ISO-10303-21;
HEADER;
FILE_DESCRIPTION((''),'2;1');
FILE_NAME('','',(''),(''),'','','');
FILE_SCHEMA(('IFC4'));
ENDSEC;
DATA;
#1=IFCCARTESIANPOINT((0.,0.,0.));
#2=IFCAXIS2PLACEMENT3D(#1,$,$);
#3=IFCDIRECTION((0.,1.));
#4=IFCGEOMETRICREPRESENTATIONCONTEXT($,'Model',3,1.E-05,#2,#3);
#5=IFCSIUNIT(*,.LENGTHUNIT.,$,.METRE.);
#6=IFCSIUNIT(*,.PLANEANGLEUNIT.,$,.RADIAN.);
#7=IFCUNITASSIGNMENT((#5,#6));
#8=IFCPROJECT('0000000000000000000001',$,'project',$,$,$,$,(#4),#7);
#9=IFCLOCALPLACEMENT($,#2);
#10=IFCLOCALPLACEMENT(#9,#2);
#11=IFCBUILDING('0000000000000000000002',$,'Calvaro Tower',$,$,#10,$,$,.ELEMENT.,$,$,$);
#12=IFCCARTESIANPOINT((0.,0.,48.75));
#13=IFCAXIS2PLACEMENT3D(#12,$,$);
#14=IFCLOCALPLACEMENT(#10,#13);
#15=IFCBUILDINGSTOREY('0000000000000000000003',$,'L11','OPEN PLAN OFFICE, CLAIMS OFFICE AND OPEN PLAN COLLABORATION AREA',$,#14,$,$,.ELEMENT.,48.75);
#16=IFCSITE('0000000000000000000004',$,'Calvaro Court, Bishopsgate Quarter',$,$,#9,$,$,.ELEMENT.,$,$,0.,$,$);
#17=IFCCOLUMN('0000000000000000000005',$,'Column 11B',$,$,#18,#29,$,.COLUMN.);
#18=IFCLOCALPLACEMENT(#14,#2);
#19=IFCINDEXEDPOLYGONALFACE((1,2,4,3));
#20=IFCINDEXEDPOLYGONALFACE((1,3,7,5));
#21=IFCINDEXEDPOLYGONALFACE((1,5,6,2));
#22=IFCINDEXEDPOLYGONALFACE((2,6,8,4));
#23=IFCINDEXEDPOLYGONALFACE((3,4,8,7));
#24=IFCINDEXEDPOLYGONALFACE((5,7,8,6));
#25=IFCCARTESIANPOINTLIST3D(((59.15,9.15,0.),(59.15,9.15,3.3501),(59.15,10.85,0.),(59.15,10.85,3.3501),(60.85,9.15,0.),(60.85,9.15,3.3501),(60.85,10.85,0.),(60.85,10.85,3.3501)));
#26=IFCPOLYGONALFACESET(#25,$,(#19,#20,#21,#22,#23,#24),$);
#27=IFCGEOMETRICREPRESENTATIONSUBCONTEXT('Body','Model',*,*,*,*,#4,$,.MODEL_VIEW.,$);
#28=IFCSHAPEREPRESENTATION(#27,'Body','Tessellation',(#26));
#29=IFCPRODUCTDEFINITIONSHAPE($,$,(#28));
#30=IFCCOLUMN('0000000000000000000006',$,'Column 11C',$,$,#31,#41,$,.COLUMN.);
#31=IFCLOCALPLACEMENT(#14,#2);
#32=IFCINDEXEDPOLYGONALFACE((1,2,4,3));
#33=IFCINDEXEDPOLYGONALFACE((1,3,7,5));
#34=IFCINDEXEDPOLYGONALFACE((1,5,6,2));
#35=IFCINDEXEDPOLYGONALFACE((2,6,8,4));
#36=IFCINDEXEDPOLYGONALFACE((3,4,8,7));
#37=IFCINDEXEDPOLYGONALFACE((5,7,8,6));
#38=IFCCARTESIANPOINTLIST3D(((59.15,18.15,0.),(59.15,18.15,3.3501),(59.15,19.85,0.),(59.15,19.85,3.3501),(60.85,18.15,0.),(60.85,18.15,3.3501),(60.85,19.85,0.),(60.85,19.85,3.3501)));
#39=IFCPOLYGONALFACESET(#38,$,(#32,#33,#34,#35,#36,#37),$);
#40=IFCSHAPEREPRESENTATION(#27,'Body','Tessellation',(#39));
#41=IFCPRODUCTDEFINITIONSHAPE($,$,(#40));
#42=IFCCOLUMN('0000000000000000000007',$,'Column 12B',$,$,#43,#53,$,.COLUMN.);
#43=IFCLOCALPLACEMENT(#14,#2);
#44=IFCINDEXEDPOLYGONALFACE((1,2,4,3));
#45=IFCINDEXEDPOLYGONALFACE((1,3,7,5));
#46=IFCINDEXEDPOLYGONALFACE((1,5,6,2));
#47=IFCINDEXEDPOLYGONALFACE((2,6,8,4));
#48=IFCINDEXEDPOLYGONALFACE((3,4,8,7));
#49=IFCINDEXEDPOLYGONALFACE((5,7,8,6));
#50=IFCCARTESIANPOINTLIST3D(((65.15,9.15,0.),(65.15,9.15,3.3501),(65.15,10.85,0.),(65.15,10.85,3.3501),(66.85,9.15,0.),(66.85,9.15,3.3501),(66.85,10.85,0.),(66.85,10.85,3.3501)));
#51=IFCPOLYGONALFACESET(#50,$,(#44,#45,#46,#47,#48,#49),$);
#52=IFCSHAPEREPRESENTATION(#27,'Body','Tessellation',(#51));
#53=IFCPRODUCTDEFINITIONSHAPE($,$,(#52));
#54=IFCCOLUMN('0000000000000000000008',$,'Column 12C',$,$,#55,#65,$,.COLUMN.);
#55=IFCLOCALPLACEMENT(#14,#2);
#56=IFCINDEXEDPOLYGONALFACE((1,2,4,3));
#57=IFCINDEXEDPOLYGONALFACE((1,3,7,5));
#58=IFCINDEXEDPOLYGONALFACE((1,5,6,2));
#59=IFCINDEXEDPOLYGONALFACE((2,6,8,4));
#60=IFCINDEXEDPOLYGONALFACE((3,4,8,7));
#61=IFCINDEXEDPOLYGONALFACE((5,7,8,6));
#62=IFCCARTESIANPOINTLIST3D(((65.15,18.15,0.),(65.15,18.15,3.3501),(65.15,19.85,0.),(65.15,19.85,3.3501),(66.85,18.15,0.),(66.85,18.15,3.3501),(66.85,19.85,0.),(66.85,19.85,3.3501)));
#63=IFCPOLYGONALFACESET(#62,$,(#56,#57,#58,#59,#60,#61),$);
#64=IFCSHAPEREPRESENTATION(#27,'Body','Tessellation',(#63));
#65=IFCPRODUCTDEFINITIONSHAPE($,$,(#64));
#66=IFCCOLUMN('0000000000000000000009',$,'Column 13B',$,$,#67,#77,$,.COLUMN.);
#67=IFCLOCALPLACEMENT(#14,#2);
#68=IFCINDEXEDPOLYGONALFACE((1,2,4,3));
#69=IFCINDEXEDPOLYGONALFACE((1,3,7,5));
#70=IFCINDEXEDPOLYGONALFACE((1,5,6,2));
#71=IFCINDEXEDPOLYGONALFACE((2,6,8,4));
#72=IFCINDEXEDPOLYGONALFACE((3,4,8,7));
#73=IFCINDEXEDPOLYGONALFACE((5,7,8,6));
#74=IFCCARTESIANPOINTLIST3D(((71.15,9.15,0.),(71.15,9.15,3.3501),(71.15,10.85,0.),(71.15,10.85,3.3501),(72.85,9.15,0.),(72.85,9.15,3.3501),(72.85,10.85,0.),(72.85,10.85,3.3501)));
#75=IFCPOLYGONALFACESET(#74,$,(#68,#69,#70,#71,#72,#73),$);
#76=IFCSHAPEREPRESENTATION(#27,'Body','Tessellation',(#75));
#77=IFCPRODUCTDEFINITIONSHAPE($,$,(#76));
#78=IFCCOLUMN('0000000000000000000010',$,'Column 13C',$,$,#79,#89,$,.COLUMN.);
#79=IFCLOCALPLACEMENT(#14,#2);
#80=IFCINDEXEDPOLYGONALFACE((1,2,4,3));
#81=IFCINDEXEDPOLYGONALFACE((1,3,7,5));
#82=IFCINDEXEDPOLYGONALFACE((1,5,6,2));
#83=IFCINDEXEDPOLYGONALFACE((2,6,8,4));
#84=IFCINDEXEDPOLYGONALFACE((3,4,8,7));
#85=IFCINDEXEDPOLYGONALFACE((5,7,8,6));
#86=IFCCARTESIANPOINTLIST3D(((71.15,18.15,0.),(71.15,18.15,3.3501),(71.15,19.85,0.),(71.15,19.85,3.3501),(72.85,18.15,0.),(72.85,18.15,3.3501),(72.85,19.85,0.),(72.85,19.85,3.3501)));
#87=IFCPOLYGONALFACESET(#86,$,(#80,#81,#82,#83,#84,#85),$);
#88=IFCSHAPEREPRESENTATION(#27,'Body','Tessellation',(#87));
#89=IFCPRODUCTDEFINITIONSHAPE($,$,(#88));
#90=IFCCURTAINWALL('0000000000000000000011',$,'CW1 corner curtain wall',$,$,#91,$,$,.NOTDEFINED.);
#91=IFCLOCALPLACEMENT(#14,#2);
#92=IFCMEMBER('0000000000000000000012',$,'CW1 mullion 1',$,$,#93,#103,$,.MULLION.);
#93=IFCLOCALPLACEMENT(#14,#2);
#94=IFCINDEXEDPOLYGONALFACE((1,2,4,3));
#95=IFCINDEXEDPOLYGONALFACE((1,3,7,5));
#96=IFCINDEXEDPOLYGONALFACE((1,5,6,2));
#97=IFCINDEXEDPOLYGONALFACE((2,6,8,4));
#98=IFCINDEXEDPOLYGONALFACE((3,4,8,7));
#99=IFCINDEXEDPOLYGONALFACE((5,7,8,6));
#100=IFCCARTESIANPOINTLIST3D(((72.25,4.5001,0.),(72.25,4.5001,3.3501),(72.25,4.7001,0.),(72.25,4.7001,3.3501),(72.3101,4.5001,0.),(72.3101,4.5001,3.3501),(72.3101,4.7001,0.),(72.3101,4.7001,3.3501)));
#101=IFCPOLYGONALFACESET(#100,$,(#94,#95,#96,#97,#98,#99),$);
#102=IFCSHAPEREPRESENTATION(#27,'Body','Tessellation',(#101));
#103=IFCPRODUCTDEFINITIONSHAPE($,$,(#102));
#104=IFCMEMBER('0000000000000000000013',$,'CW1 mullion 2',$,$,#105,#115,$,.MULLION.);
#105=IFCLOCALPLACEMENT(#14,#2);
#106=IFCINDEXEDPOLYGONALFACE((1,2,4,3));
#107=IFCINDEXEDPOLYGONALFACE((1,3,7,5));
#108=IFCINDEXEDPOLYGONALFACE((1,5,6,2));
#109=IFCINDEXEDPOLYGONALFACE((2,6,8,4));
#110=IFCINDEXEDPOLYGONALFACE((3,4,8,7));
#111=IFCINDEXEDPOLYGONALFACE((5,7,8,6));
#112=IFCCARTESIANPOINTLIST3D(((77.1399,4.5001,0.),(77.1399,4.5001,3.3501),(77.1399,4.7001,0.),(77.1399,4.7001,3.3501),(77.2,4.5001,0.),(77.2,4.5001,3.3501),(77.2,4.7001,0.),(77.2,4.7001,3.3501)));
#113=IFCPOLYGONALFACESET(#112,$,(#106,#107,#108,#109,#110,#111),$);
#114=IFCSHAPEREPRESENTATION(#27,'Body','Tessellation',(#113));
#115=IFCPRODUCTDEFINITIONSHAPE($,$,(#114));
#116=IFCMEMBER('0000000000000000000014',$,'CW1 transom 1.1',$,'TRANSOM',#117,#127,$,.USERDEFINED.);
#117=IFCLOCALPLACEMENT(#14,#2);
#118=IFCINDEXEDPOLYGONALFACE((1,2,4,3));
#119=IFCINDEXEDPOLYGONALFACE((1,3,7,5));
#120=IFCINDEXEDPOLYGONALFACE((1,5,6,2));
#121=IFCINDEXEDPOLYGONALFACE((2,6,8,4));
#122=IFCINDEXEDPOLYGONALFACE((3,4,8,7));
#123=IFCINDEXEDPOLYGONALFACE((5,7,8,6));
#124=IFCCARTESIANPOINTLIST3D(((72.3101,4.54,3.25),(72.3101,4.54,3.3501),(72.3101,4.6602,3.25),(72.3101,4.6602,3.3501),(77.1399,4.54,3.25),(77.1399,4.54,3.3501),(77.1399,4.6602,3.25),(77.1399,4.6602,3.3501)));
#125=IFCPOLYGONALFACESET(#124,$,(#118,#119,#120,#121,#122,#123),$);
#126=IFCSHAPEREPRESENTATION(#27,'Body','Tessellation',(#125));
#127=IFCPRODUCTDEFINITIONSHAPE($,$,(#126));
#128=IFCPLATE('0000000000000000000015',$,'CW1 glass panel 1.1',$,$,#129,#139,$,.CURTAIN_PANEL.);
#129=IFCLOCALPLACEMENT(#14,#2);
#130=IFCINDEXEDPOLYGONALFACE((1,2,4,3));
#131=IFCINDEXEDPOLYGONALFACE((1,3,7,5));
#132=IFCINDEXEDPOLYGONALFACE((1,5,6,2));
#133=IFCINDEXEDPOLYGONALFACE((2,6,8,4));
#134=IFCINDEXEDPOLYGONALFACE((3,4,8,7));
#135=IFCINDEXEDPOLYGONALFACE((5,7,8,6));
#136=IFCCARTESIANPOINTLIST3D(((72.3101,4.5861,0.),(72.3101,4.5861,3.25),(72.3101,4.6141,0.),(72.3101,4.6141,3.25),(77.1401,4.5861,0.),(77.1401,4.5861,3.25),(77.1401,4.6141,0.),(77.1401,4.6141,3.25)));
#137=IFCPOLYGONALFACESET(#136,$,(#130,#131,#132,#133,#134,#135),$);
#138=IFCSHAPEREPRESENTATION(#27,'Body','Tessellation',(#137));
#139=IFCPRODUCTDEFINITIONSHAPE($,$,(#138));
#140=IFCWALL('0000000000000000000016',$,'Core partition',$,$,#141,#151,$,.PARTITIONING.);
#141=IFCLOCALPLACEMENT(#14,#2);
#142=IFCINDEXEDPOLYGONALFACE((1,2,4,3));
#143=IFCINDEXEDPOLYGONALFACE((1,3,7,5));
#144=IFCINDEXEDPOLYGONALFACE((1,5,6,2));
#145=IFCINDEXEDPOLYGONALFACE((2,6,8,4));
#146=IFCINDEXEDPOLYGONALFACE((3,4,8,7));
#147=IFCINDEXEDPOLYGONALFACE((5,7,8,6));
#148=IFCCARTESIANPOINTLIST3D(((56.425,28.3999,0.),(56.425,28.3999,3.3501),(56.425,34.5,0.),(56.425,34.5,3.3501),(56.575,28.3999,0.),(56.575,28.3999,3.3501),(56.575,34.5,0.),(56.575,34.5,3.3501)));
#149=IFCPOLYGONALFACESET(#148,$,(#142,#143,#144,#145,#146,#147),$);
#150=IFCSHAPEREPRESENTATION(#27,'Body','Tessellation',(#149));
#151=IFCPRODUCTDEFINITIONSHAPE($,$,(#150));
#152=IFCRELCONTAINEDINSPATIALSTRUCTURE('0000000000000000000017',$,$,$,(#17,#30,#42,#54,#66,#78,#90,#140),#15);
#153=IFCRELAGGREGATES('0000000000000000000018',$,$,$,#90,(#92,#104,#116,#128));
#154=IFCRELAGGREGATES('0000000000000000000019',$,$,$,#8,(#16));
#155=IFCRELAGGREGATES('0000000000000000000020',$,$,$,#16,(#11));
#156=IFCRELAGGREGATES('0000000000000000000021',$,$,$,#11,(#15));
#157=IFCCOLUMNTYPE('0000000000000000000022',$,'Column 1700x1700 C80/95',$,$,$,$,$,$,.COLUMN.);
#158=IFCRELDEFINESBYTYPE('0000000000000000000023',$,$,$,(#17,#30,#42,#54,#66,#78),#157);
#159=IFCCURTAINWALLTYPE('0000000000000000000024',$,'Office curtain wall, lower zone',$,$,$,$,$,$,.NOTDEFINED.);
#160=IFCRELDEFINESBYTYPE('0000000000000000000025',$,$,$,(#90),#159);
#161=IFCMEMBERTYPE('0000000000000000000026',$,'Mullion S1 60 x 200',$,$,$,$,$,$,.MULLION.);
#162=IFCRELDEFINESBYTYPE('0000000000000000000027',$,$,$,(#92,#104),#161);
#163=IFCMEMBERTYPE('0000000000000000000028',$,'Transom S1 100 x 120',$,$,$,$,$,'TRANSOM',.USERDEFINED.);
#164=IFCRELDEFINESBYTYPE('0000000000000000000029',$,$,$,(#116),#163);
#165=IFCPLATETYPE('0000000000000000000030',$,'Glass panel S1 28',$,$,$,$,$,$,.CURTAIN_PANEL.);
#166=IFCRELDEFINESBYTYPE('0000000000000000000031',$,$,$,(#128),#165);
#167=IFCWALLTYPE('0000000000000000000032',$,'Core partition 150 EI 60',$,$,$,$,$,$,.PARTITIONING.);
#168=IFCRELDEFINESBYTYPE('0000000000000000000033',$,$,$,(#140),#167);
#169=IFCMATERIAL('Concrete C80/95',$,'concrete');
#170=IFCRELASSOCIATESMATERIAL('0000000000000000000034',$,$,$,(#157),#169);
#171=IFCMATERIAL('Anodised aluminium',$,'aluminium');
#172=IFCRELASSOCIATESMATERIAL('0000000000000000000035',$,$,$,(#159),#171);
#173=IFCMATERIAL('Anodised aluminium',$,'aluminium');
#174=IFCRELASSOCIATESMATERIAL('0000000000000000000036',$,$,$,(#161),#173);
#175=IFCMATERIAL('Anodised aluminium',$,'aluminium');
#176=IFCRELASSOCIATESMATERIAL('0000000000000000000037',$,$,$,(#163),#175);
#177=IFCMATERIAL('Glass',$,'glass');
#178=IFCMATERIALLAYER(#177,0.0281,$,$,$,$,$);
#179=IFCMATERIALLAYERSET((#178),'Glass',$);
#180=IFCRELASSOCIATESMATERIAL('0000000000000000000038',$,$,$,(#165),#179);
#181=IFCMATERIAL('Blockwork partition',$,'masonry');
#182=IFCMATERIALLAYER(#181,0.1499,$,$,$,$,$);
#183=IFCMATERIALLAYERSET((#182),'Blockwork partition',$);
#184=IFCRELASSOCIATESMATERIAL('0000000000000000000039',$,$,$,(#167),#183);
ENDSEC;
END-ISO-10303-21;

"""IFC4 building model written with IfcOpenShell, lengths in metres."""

from ifc_helpers import new_model, si_unit, direction, frame, frame_2d, origin, origin_2d, place, context, subcontext, project, spatial, rectangle, extrude, material, layer, layer_set, material_profile, profile_set, type_object, element, aggregate, save


model = new_model("IFC4")

# Units and contexts
model_context = context("Model", 3, precision=1e-05, world=origin(), true_north=direction((0.0, 1.0)))
body_context = subcontext(model_context, "Body", "Model", "MODEL_VIEW")
ifc_project = project(units=[si_unit("LENGTHUNIT", "METRE"), si_unit("PLANEANGLEUNIT", "RADIAN")], contexts=[model_context])

# Site, building, storey
site_placement = place(None, origin())
site = spatial("IfcSite", under=ifc_project, at=site_placement, Name="Calvaro Court, Bishopsgate Quarter", CompositionType="ELEMENT", RefElevation=0.0)
building_placement = place(site_placement, origin())
building = spatial("IfcBuilding", under=site, at=building_placement, Name="Calvaro Tower", CompositionType="ELEMENT")
storey_placement = place(building_placement, frame((0.0, 0.0, 48.75)))
storey = spatial("IfcBuildingStorey", under=building, at=storey_placement, Name="L11", Description="OPEN PLAN OFFICE, CLAIMS OFFICE AND OPEN PLAN COLLABORATION AREA", CompositionType="ELEMENT", Elevation=48.75)

# Columns
ifc_material_1 = material(Name="Concrete C80/95", Category="concrete")
ifc_material_profile_1 = material_profile(ifc_material_1, rectangle(XDim=1.7, YDim=1.7, at=origin_2d()), Name="RC 1700x1700")
ifc_profile_set_1 = profile_set([ifc_material_profile_1], Name="Concrete C80/95")
column_type = type_object("IfcColumnType", Name="Column 1700x1700 C80/95", PredefinedType="COLUMN", material=ifc_profile_set_1)
for number, where, z_axis, x_axis, name in (
    (1, (60.0, 10.0, 0.0), (0.0, 0.0, 1.0), (1.0, 0.0, 0.0), "Column 11B"),
    (2, (60.0, 19.0, 0.0), (0.0, 0.0, 1.0), (1.0, 0.0, 0.0), "Column 11C"),
    (3, (66.0, 10.0, 0.0), (0.0, 0.0, 1.0), (1.0, 0.0, 0.0), "Column 12B"),
    (4, (66.0, 19.0, 0.0), (0.0, 0.0, 1.0), (1.0, 0.0, 0.0), "Column 12C"),
    (5, (72.0, 10.0, 0.0), (0.0, 0.0, 1.0), (1.0, 0.0, 0.0), "Column 13B"),
    (6, (72.0, 19.0, 0.0), (0.0, 0.0, 1.0), (1.0, 0.0, 0.0), "Column 13C"),
):
    element("IfcColumn", number, at=place(storey_placement, frame(where, z_axis=z_axis, x_axis=x_axis)), inside=storey, type_object=column_type, Name=name, PredefinedType="COLUMN", context=body_context, shape_type="SweptSolid", body=[
        extrude(rectangle(XDim=1.7, YDim=1.7, at=origin_2d()), origin(), (0.0, 0.0, 1.0), 3.3501),
    ])

# Curtain wall, members, plate
ifc_material_2 = material(Name="Anodised aluminium", Category="aluminium")
curtain_wall_type = type_object("IfcCurtainWallType", Name="Office curtain wall, lower zone", PredefinedType="NOTDEFINED", material=ifc_material_2)
curtain_wall_placement = place(storey_placement, origin())
curtain_wall = element("IfcCurtainWall", 7, at=curtain_wall_placement, inside=storey, type_object=curtain_wall_type, Name="CW1 corner curtain wall", PredefinedType="NOTDEFINED")
ifc_material_3 = material(Name="Anodised aluminium", Category="aluminium")
ifc_material_profile_2 = material_profile(ifc_material_3, rectangle(XDim=0.2, YDim=0.0601, at=origin_2d()), Name="Mullion S1 60 x 200")
ifc_profile_set_2 = profile_set([ifc_material_profile_2], Name="Anodised aluminium")
member_type_1 = type_object("IfcMemberType", Name="Mullion S1 60 x 200", PredefinedType="MULLION", material=ifc_profile_set_2)
member_1_placement = place(storey_placement, frame((72.28, 4.6001, 0.0), z_axis=(0.0, 0.0, 1.0), x_axis=(0.0, 1.0, 0.0)))
member_1 = element("IfcMember", 8, at=member_1_placement, type_object=member_type_1, Name="CW1 mullion 1", PredefinedType="MULLION", context=body_context, shape_type="SweptSolid", body=[
    extrude(rectangle(XDim=0.2, YDim=0.0601, at=origin_2d()), origin(), (0.0, 0.0, 1.0), 3.3501),
])
member_2_placement = place(storey_placement, frame((77.1699, 4.6001, 0.0), z_axis=(0.0, 0.0, 1.0), x_axis=(0.0, 1.0, 0.0)))
member_2 = element("IfcMember", 9, at=member_2_placement, type_object=member_type_1, Name="CW1 mullion 2", PredefinedType="MULLION", context=body_context, shape_type="SweptSolid", body=[
    extrude(rectangle(XDim=0.2, YDim=0.0601, at=origin_2d()), origin(), (0.0, 0.0, 1.0), 3.3501),
])
ifc_material_4 = material(Name="Anodised aluminium", Category="aluminium")
ifc_material_profile_3 = material_profile(ifc_material_4, rectangle(XDim=0.1201, YDim=0.1001, at=origin_2d()), Name="Transom S1 100 x 120")
ifc_profile_set_3 = profile_set([ifc_material_profile_3], Name="Anodised aluminium")
member_type_2 = type_object("IfcMemberType", Name="Transom S1 100 x 120", ElementType="TRANSOM", PredefinedType="USERDEFINED", material=ifc_profile_set_3)
member_3_placement = place(storey_placement, frame((72.3101, 4.6001, 3.3), z_axis=(1.0, 0.0, 0.0), x_axis=(0.0, 1.0, 0.0)))
member_3 = element("IfcMember", 10, at=member_3_placement, type_object=member_type_2, Name="CW1 transom 1.1", ObjectType="TRANSOM", PredefinedType="USERDEFINED", context=body_context, shape_type="SweptSolid", body=[
    extrude(rectangle(XDim=0.1201, YDim=0.1001, at=origin_2d()), origin(), (0.0, 0.0, 1.0), 4.8298),
])
ifc_material_5 = material(Name="Glass", Category="glass")
ifc_layer_1 = layer(ifc_material_5, 0.0281)
ifc_layer_set_1 = layer_set([ifc_layer_1], Name="Glass")
plate_type = type_object("IfcPlateType", Name="Glass panel S1 28", PredefinedType="CURTAIN_PANEL", material=ifc_layer_set_1)
plate_placement = place(storey_placement, frame((74.7251, 4.6001, 0.0), z_axis=(0.0, 0.0, 1.0), x_axis=(1.0, 0.0, 0.0)))
plate = element("IfcPlate", 11, at=plate_placement, type_object=plate_type, Name="CW1 glass panel 1.1", PredefinedType="CURTAIN_PANEL", context=body_context, shape_type="SweptSolid", body=[
    extrude(rectangle(XDim=4.8301, YDim=0.0281, at=origin_2d()), origin(), (0.0, 0.0, 1.0), 3.25),
])
aggregate(curtain_wall, [member_1, member_2, member_3, plate])

# Wall
ifc_material_6 = material(Name="Blockwork partition", Category="masonry")
ifc_layer_2 = layer(ifc_material_6, 0.1499)
ifc_layer_set_2 = layer_set([ifc_layer_2], Name="Blockwork partition")
wall_type_1 = type_object("IfcWallType", Name="Core partition 150 EI 60", PredefinedType="PARTITIONING", material=ifc_layer_set_2)
wall_1_placement = place(storey_placement, frame((56.5, 28.3999, 0.0), z_axis=(0.0, 0.0, 1.0), x_axis=(0.0, 1.0, 0.0)))
element("IfcWall", 12, at=wall_1_placement, inside=storey, type_object=wall_type_1, Name="Core partition", PredefinedType="PARTITIONING", context=body_context, shape_type="SweptSolid", body=[
    extrude(rectangle(XDim=6.1001, YDim=0.1499, at=frame_2d((3.05, 0.0))), origin(), (0.0, 0.0, 1.0), 3.3501),
])

save(model, "model.ifc")
